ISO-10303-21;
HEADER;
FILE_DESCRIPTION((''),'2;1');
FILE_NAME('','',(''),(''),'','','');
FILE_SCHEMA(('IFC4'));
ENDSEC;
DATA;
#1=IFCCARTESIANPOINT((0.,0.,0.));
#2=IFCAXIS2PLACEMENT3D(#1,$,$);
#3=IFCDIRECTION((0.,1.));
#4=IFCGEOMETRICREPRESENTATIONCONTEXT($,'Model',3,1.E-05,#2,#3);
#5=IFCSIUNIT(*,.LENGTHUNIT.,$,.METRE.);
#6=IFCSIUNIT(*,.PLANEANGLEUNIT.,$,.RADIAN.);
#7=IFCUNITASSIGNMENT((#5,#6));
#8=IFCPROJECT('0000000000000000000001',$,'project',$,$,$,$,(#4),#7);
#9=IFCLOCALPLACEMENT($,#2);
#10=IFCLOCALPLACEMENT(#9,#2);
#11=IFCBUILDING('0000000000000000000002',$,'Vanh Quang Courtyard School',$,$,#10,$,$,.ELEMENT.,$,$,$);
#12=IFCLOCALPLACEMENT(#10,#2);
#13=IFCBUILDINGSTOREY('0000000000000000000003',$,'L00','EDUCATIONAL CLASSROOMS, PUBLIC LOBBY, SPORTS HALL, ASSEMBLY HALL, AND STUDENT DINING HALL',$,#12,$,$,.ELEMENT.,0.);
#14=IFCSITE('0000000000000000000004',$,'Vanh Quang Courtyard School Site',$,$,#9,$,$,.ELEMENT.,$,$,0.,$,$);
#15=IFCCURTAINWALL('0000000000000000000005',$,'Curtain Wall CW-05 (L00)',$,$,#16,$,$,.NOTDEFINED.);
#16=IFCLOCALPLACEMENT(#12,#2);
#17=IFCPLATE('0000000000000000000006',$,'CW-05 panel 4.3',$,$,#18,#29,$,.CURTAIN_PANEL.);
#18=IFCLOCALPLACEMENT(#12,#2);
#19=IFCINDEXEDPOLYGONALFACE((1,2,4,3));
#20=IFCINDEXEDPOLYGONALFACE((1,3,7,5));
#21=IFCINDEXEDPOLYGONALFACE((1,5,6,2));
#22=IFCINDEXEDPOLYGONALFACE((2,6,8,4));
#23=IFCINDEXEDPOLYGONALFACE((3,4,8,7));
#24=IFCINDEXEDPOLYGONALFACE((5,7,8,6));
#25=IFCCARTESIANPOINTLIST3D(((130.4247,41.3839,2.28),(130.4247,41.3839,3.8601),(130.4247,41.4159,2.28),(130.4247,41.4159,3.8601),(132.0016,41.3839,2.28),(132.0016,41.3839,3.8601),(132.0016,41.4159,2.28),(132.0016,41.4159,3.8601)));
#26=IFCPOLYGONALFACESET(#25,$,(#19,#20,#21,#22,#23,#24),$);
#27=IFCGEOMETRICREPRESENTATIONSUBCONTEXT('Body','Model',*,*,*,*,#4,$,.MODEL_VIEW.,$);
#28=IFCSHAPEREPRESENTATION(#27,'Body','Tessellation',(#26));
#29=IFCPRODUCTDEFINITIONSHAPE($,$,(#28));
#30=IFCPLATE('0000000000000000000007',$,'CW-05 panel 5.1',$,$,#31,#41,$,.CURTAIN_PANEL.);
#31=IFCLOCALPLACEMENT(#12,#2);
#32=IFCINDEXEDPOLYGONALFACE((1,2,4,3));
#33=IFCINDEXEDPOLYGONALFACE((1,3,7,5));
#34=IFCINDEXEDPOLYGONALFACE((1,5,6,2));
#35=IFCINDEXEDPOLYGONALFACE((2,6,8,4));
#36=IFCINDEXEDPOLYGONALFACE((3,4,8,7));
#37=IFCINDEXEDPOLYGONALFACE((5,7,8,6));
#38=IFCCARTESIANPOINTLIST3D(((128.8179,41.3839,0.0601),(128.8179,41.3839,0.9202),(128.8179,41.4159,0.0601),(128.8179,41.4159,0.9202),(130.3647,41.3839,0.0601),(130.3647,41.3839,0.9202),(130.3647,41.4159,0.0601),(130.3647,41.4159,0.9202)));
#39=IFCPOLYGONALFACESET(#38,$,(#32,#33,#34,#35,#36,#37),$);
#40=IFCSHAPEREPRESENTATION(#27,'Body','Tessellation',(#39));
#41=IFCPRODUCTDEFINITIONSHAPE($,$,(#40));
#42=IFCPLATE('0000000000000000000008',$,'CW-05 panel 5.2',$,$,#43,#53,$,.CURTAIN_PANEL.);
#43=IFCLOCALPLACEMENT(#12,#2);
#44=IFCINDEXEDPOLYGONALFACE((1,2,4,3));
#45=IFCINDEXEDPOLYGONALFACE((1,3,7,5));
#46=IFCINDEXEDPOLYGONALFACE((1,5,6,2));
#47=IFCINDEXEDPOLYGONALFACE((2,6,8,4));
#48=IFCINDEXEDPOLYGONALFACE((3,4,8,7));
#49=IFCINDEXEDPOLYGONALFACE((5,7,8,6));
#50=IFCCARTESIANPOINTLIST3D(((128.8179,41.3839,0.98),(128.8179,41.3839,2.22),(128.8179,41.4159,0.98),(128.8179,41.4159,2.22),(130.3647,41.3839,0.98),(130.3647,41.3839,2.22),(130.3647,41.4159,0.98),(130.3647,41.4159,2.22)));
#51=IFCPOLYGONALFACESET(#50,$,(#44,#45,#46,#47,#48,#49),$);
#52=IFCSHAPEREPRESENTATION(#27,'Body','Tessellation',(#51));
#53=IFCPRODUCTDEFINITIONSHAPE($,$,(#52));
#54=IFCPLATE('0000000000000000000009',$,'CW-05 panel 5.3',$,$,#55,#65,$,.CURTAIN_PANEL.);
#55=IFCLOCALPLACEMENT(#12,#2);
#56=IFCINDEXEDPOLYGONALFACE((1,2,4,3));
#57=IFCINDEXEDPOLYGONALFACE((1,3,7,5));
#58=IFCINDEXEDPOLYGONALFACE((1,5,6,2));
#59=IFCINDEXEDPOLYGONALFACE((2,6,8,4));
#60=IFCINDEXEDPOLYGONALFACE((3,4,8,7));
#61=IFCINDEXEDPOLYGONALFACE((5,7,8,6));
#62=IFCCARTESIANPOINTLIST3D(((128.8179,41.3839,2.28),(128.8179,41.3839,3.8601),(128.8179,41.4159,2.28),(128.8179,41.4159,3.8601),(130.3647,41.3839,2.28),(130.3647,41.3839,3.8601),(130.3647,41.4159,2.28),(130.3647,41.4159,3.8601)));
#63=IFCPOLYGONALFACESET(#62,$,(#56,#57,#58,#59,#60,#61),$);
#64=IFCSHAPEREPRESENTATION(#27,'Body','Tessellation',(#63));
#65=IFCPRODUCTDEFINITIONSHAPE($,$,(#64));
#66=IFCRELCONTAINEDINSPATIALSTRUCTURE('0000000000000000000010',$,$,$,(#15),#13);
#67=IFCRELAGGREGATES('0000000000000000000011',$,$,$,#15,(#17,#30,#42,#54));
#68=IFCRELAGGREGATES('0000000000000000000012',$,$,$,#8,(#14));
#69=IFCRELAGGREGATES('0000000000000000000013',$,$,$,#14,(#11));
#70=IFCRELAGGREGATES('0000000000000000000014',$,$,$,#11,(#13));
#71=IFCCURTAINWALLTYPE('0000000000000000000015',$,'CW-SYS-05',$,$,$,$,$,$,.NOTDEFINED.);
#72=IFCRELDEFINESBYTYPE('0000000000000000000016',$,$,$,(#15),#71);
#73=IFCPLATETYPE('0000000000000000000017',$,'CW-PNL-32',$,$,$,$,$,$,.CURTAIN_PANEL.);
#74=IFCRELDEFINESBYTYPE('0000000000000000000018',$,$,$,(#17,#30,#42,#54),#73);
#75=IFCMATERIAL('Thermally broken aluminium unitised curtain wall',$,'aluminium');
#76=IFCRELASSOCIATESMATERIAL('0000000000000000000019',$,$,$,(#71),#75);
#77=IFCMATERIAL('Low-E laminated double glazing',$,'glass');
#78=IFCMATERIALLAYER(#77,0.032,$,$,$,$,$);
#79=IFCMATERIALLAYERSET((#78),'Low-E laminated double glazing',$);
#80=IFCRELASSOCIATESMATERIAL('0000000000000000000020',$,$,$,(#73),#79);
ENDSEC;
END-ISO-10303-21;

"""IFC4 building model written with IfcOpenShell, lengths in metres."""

from ifc_helpers import new_model, si_unit, direction, frame, origin, origin_2d, place, context, subcontext, project, spatial, rectangle, extrude, material, layer, layer_set, type_object, element, aggregate, save


model = new_model("IFC4")

# Units and contexts
model_context = context("Model", 3, precision=1e-05, world=origin(), true_north=direction((0.0, 1.0)))
body_context = subcontext(model_context, "Body", "Model", "MODEL_VIEW")
ifc_project = project(units=[si_unit("LENGTHUNIT", "METRE"), si_unit("PLANEANGLEUNIT", "RADIAN")], contexts=[model_context])

# Site, building, storey
site_placement = place(None, origin())
site = spatial("IfcSite", under=ifc_project, at=site_placement, Name="Vanh Quang Courtyard School Site", CompositionType="ELEMENT", RefElevation=0.0)
building_placement = place(site_placement, origin())
building = spatial("IfcBuilding", under=site, at=building_placement, Name="Vanh Quang Courtyard School", CompositionType="ELEMENT")
storey_placement = place(building_placement, origin())
storey = spatial("IfcBuildingStorey", under=building, at=storey_placement, Name="L00", Description="EDUCATIONAL CLASSROOMS, PUBLIC LOBBY, SPORTS HALL, ASSEMBLY HALL, AND STUDENT DINING HALL", CompositionType="ELEMENT", Elevation=0.0)

# Curtain wall, plates
ifc_material_1 = material(Name="Thermally broken aluminium unitised curtain wall", Category="aluminium")
curtain_wall_type = type_object("IfcCurtainWallType", Name="CW-SYS-05", PredefinedType="NOTDEFINED", material=ifc_material_1)
curtain_wall_placement = place(storey_placement, origin())
curtain_wall = element("IfcCurtainWall", 1, at=curtain_wall_placement, inside=storey, type_object=curtain_wall_type, Name="Curtain Wall CW-05 (L00)", PredefinedType="NOTDEFINED")
ifc_material_2 = material(Name="Low-E laminated double glazing", Category="glass")
ifc_layer = layer(ifc_material_2, 0.032)
ifc_layer_set = layer_set([ifc_layer], Name="Low-E laminated double glazing")
plate_type = type_object("IfcPlateType", Name="CW-PNL-32", PredefinedType="CURTAIN_PANEL", material=ifc_layer_set)
plate_1_placement = place(storey_placement, frame((131.2131, 41.3999, 2.28), z_axis=(0.0, 0.0, 1.0), x_axis=(-1.0, 0.0, 0.0)))
plate_1 = element("IfcPlate", 2, at=plate_1_placement, type_object=plate_type, Name="CW-05 panel 4.3", PredefinedType="CURTAIN_PANEL", context=body_context, shape_type="SweptSolid", body=[
    extrude(rectangle(XDim=1.5769, YDim=0.032, at=origin_2d()), origin(), (0.0, 0.0, 1.0), 1.5801),
])
plate_2_placement = place(storey_placement, frame((129.5913, 41.3999, 0.0601), z_axis=(0.0, 0.0, 1.0), x_axis=(-1.0, 0.0, 0.0)))
plate_2 = element("IfcPlate", 3, at=plate_2_placement, type_object=plate_type, Name="CW-05 panel 5.1", PredefinedType="CURTAIN_PANEL", context=body_context, shape_type="SweptSolid", body=[
    extrude(rectangle(XDim=1.5469, YDim=0.032, at=origin_2d()), origin(), (0.0, 0.0, 1.0), 0.8601),
])
plate_3_placement = place(storey_placement, frame((129.5913, 41.3999, 0.98), z_axis=(0.0, 0.0, 1.0), x_axis=(-1.0, 0.0, 0.0)))
plate_3 = element("IfcPlate", 4, at=plate_3_placement, type_object=plate_type, Name="CW-05 panel 5.2", PredefinedType="CURTAIN_PANEL", context=body_context, shape_type="SweptSolid", body=[
    extrude(rectangle(XDim=1.5469, YDim=0.032, at=origin_2d()), origin(), (0.0, 0.0, 1.0), 1.24),
])
plate_4_placement = place(storey_placement, frame((129.5913, 41.3999, 2.28), z_axis=(0.0, 0.0, 1.0), x_axis=(-1.0, 0.0, 0.0)))
plate_4 = element("IfcPlate", 5, at=plate_4_placement, type_object=plate_type, Name="CW-05 panel 5.3", PredefinedType="CURTAIN_PANEL", context=body_context, shape_type="SweptSolid", body=[
    extrude(rectangle(XDim=1.5469, YDim=0.032, at=origin_2d()), origin(), (0.0, 0.0, 1.0), 1.5801),
])
aggregate(curtain_wall, [plate_1, plate_2, plate_3, plate_4])

save(model, "model.ifc")
